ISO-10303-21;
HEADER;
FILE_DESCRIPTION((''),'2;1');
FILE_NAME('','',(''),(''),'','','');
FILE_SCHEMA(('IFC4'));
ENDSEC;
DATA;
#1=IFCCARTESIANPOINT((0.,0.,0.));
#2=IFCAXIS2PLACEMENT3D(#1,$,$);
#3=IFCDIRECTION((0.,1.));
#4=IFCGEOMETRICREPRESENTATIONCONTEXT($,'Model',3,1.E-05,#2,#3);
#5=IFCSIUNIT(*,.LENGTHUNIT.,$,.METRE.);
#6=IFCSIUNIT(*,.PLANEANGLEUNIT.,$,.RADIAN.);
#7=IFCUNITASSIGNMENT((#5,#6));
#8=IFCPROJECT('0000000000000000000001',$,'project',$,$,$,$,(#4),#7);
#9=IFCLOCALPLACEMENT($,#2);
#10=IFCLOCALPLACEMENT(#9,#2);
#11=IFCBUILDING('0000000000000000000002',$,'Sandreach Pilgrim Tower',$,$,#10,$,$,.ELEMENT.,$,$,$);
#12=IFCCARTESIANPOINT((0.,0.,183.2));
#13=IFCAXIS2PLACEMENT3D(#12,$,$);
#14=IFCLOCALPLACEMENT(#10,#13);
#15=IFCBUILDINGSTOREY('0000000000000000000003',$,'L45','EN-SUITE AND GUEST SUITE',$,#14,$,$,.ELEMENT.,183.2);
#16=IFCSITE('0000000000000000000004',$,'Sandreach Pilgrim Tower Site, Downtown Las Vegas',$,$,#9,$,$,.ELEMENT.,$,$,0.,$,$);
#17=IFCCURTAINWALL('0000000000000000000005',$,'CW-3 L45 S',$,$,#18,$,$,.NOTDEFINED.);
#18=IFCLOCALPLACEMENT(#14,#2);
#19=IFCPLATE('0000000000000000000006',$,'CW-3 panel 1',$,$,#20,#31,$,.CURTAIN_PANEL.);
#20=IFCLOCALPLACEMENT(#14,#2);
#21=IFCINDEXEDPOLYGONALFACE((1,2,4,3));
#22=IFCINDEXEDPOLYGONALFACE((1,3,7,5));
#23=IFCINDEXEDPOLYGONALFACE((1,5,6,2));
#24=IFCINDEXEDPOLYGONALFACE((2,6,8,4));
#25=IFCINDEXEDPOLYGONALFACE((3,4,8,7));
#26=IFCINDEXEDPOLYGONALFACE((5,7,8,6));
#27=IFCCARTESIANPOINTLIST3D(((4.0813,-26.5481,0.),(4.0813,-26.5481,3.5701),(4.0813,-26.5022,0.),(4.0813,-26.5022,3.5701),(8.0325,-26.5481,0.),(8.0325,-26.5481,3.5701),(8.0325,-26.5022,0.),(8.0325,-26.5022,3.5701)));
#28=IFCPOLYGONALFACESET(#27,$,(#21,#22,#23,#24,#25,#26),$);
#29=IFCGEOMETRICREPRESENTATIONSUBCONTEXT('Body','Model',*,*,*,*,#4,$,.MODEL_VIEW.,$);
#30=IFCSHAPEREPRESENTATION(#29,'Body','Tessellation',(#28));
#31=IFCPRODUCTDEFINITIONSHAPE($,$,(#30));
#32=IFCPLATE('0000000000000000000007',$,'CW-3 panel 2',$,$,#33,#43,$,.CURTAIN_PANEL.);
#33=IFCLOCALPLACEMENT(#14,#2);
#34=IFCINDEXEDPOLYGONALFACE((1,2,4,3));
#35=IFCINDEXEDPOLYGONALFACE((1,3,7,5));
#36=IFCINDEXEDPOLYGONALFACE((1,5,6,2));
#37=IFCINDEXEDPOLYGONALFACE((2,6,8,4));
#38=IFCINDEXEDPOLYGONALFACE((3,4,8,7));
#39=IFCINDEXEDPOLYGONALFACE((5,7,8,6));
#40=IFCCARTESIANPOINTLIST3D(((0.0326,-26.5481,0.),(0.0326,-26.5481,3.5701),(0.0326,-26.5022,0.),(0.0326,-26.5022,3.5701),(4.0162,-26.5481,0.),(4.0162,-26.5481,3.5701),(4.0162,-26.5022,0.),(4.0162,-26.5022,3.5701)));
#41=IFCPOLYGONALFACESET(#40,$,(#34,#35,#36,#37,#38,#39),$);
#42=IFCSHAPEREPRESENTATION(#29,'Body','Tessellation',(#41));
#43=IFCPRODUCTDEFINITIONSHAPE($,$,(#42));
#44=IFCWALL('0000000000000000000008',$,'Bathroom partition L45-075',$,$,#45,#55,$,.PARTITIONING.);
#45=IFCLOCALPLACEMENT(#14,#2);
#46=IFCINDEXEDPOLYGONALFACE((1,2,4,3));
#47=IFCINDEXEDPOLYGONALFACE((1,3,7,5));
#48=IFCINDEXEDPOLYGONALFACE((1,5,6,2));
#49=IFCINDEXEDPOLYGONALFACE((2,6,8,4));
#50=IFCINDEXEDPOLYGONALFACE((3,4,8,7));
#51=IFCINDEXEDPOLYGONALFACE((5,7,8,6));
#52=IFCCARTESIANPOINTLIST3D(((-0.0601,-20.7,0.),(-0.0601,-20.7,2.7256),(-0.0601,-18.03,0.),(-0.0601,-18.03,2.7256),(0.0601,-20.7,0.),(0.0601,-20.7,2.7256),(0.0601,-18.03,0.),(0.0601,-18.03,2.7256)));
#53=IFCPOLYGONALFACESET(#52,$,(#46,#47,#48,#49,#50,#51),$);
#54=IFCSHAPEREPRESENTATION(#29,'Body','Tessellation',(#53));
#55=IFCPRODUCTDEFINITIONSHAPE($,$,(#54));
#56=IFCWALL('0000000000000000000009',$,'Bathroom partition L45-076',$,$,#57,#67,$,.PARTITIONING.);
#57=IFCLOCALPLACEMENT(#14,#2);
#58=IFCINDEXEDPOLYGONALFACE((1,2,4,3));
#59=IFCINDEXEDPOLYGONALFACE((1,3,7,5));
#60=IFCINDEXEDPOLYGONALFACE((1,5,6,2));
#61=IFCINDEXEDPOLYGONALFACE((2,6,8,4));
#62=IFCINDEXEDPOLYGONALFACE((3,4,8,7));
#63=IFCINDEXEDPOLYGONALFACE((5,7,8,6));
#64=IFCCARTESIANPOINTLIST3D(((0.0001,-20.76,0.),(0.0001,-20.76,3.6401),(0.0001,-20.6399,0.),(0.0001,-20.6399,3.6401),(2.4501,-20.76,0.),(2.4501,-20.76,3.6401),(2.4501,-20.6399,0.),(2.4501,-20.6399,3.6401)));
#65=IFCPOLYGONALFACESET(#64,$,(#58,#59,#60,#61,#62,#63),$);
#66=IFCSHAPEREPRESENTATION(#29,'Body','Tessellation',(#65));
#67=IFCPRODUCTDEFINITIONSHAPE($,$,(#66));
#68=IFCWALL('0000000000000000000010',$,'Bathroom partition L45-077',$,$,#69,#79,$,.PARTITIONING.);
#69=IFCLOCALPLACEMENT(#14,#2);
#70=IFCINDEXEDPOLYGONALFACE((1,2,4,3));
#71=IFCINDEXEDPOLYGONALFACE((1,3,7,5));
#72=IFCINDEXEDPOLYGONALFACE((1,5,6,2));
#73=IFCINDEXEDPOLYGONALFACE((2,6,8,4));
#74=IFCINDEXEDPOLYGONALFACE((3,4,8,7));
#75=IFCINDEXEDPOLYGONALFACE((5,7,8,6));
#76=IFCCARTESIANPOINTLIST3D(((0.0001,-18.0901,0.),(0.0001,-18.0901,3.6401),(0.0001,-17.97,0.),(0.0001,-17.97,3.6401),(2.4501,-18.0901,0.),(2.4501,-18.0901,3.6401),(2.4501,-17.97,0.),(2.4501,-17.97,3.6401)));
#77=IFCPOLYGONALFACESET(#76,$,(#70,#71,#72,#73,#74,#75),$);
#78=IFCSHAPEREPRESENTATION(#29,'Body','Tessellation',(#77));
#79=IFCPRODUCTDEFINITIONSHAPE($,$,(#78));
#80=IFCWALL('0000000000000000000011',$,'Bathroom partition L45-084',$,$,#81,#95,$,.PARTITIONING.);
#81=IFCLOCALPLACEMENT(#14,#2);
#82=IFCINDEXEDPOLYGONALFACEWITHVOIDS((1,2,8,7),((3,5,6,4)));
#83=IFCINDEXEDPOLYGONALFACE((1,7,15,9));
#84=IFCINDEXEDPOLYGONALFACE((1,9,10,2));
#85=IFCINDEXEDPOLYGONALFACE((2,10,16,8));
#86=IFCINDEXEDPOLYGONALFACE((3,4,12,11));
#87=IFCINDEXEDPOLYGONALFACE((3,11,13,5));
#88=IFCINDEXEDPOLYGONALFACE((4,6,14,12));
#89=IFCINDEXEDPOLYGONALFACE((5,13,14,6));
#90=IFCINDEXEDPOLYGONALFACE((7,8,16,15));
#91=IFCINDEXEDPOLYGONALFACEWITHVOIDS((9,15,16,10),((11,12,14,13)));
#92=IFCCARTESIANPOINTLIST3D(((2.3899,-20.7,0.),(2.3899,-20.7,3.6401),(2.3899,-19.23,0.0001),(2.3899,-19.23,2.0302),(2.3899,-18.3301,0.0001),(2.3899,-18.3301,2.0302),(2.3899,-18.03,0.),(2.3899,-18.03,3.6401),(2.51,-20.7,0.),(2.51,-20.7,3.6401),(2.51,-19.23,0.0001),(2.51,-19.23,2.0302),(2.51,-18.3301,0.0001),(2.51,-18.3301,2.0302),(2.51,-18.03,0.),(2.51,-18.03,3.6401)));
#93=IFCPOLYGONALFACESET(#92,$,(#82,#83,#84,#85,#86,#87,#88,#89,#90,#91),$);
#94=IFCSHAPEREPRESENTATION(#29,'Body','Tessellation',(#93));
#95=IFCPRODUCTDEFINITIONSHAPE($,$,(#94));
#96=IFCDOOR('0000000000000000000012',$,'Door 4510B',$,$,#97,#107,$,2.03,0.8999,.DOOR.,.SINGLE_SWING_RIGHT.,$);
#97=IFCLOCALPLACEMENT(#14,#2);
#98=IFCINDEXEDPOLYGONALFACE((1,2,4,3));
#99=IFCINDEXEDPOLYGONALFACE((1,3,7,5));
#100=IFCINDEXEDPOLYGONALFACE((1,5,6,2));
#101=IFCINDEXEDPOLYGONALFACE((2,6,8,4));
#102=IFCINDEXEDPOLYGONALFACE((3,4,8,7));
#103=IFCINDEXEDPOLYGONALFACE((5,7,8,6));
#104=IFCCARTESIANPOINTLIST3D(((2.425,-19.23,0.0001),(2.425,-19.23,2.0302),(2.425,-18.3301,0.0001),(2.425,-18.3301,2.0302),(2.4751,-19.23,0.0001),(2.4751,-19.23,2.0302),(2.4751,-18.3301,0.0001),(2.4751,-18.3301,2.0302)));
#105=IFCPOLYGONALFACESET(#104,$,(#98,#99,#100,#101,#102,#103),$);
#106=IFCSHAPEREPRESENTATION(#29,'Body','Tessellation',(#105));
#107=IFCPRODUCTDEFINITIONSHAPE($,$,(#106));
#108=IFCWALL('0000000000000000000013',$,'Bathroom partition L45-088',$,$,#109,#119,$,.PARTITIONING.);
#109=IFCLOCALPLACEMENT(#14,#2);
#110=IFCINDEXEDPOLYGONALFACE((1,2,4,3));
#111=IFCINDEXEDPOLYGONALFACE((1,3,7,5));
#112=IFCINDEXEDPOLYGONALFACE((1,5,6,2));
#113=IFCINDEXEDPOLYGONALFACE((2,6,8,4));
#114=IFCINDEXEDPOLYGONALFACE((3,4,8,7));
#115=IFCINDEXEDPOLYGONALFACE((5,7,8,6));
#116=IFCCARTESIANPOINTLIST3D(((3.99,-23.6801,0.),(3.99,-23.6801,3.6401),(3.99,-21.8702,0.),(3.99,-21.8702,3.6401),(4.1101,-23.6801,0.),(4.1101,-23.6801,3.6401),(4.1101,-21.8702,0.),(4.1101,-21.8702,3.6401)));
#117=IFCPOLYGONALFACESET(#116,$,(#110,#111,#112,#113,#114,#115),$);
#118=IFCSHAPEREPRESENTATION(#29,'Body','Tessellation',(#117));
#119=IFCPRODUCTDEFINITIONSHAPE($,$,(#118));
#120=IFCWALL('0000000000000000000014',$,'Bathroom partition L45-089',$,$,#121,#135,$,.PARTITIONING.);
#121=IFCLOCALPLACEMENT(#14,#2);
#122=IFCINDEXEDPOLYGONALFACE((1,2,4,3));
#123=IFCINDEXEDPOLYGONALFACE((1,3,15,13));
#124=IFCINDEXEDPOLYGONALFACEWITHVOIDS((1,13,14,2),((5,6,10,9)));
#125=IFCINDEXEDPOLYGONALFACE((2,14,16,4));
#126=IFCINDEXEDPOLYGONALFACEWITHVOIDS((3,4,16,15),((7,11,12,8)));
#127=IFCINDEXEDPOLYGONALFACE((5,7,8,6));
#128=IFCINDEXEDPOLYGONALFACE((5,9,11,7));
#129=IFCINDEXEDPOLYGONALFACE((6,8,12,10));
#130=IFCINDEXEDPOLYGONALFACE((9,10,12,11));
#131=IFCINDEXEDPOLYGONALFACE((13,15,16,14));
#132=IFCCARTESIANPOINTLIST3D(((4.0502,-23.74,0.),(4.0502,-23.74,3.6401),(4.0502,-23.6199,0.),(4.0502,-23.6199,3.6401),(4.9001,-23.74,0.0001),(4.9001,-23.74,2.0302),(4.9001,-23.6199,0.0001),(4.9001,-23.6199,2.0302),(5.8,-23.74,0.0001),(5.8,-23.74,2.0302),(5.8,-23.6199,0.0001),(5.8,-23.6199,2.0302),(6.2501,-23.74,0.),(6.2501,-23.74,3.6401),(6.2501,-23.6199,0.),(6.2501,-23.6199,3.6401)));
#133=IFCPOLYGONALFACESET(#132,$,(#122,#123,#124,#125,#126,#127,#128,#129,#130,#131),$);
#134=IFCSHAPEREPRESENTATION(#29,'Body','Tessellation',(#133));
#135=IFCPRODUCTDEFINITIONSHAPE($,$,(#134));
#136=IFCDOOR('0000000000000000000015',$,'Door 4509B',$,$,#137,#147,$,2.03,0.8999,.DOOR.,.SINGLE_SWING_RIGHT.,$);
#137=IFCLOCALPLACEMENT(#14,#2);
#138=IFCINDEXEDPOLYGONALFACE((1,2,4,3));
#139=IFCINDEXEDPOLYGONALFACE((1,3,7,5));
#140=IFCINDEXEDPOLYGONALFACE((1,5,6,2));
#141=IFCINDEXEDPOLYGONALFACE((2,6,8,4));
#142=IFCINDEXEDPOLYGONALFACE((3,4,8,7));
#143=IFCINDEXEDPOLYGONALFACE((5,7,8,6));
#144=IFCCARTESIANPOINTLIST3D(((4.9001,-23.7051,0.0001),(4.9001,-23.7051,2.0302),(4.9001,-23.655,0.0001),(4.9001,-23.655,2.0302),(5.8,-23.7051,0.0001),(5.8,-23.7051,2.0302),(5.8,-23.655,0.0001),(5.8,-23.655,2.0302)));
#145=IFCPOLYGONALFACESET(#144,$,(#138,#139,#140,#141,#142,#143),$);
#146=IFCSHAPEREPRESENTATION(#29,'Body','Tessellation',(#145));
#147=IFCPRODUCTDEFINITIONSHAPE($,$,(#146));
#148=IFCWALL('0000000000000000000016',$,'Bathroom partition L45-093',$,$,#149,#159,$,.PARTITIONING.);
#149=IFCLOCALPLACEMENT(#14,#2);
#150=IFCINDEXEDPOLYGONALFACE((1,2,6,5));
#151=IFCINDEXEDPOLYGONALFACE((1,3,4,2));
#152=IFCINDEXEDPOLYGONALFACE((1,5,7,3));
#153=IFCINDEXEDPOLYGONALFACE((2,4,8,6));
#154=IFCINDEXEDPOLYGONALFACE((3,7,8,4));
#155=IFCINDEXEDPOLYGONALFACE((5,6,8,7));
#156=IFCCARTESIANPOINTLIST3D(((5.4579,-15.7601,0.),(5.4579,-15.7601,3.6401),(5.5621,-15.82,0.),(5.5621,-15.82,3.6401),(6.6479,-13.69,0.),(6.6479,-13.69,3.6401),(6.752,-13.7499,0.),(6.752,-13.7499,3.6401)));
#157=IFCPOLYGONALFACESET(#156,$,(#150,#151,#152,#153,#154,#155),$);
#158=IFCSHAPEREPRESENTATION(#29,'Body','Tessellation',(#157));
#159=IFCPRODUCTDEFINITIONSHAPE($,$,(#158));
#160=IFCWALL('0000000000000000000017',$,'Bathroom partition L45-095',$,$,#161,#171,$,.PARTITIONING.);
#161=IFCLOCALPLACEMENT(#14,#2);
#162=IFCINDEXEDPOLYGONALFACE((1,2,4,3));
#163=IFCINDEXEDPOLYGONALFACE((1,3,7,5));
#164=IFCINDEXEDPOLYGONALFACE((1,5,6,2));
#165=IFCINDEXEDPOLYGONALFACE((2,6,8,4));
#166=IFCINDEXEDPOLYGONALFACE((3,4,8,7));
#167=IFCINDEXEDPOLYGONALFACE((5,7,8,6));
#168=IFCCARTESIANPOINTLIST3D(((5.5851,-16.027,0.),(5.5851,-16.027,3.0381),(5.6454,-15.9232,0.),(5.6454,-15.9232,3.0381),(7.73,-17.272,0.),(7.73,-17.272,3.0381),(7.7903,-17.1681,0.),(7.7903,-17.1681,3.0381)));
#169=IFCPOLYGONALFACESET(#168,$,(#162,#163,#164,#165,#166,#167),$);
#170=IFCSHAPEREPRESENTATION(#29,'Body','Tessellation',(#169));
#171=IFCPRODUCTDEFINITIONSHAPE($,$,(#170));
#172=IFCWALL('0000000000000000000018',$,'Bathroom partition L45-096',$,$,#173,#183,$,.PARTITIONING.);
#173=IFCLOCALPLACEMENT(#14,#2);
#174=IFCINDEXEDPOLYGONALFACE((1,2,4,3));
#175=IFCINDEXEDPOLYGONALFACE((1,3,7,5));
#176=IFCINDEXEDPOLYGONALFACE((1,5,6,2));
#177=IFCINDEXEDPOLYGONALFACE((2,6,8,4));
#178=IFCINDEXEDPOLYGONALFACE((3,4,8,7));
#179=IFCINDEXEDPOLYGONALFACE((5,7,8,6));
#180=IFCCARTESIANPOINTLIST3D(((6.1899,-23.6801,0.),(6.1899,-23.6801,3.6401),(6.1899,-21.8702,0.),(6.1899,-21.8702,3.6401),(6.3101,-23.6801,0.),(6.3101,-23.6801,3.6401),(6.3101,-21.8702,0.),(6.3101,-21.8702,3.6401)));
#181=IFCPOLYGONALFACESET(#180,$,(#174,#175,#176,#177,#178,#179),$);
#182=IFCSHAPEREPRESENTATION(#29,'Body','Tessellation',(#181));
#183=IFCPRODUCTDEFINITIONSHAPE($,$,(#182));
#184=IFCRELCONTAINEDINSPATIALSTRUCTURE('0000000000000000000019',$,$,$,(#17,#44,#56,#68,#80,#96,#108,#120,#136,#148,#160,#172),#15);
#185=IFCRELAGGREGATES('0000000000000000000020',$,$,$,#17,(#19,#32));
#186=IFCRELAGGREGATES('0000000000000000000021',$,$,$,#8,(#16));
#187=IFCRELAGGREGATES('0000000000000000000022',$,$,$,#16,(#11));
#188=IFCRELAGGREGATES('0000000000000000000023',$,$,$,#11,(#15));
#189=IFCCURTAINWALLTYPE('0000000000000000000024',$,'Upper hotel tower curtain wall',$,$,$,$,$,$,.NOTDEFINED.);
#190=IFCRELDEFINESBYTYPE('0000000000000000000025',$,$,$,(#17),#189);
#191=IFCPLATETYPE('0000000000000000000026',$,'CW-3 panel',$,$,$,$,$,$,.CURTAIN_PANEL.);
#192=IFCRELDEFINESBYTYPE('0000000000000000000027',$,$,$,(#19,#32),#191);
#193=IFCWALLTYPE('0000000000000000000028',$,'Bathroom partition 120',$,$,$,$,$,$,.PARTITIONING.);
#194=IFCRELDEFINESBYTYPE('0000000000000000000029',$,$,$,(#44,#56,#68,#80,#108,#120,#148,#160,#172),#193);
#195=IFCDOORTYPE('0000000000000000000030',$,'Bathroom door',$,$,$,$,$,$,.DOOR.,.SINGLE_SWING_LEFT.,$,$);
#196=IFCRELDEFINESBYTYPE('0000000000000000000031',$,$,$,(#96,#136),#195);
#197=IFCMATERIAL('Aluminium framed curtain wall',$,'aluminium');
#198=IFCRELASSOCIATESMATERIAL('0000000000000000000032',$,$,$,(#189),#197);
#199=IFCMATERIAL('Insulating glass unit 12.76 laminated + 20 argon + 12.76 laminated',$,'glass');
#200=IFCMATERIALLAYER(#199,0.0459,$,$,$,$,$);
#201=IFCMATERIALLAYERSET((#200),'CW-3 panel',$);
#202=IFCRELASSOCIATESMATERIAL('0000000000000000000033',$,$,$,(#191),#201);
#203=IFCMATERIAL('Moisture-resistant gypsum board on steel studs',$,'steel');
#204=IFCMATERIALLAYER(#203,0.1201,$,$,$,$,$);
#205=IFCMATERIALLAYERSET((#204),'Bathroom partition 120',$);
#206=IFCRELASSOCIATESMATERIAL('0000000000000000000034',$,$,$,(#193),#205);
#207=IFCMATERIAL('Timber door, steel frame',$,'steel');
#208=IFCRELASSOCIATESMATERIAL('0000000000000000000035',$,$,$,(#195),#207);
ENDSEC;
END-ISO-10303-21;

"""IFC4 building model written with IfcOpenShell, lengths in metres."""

from ifc_helpers import new_model, si_unit, direction, frame, frame_2d, origin, origin_2d, place, context, subcontext, project, spatial, rectangle, extrude, material, layer, layer_set, type_object, element, fill, aggregate, save


model = new_model("IFC4")

# Units and contexts
model_context = context("Model", 3, precision=1e-05, world=origin(), true_north=direction((0.0, 1.0)))
body_context = subcontext(model_context, "Body", "Model", "MODEL_VIEW")
ifc_project = project(units=[si_unit("LENGTHUNIT", "METRE"), si_unit("PLANEANGLEUNIT", "RADIAN")], contexts=[model_context])

# Site, building, storey
site_placement = place(None, origin())
site = spatial("IfcSite", under=ifc_project, at=site_placement, Name="Sandreach Pilgrim Tower Site, Downtown Las Vegas", CompositionType="ELEMENT", RefElevation=0.0)
building_placement = place(site_placement, origin())
building = spatial("IfcBuilding", under=site, at=building_placement, Name="Sandreach Pilgrim Tower", CompositionType="ELEMENT")
storey_placement = place(building_placement, frame((0.0, 0.0, 183.2)))
storey = spatial("IfcBuildingStorey", under=building, at=storey_placement, Name="L45", Description="EN-SUITE AND GUEST SUITE", CompositionType="ELEMENT", Elevation=183.2)

# Curtain wall
ifc_material_1 = material(Name="Aluminium framed curtain wall", Category="aluminium")
curtain_wall_type = type_object("IfcCurtainWallType", Name="Upper hotel tower curtain wall", PredefinedType="NOTDEFINED", material=ifc_material_1)
curtain_wall_placement = place(storey_placement, origin())
curtain_wall = element("IfcCurtainWall", 1, at=curtain_wall_placement, inside=storey, type_object=curtain_wall_type, Name="CW-3 L45 S", PredefinedType="NOTDEFINED")

# Plates
ifc_material_2 = material(Name="Insulating glass unit 12.76 laminated + 20 argon + 12.76 laminated", Category="glass")
ifc_layer_1 = layer(ifc_material_2, 0.0459)
ifc_layer_set_1 = layer_set([ifc_layer_1], Name="CW-3 panel")
plate_type = type_object("IfcPlateType", Name="CW-3 panel", PredefinedType="CURTAIN_PANEL", material=ifc_layer_set_1)
plate_1_placement = place(storey_placement, frame((6.0569, -26.5251, 0.0), z_axis=(0.0, 0.0, 1.0), x_axis=(-1.0, 0.0, 0.0)))
plate_1 = element("IfcPlate", 2, at=plate_1_placement, type_object=plate_type, Name="CW-3 panel 1", PredefinedType="CURTAIN_PANEL", context=body_context, shape_type="SweptSolid", body=[
    extrude(rectangle(XDim=3.9512, YDim=0.0459, at=origin_2d()), origin(), (0.0, 0.0, 1.0), 3.5701),
])
plate_2_placement = place(storey_placement, frame((2.0244, -26.5251, 0.0), z_axis=(0.0, 0.0, 1.0), x_axis=(-1.0, 0.0, 0.0)))
plate_2 = element("IfcPlate", 3, at=plate_2_placement, type_object=plate_type, Name="CW-3 panel 2", PredefinedType="CURTAIN_PANEL", context=body_context, shape_type="SweptSolid", body=[
    extrude(rectangle(XDim=3.9836, YDim=0.0459, at=origin_2d()), origin(), (0.0, 0.0, 1.0), 3.5701),
])
aggregate(curtain_wall, [plate_1, plate_2])

# Walls
ifc_material_3 = material(Name="Moisture-resistant gypsum board on steel studs", Category="steel")
ifc_layer_2 = layer(ifc_material_3, 0.1201)
ifc_layer_set_2 = layer_set([ifc_layer_2], Name="Bathroom partition 120")
wall_type_1 = type_object("IfcWallType", Name="Bathroom partition 120", PredefinedType="PARTITIONING", material=ifc_layer_set_2)
wall_1_placement = place(storey_placement, frame((0.0, -20.7, 0.0), z_axis=(0.0, 0.0, 1.0), x_axis=(0.0, 1.0, 0.0)))
element("IfcWall", 4, at=wall_1_placement, inside=storey, type_object=wall_type_1, Name="Bathroom partition L45-075", PredefinedType="PARTITIONING", context=body_context, shape_type="SweptSolid", body=[
    extrude(rectangle(XDim=2.6699, YDim=0.1201, at=frame_2d((1.335, 0.0))), origin(), (0.0, 0.0, 1.0), 2.7256),
])
for number, where, z_axis, x_axis, name in (
    (5, (0.0, -20.7, 0.0), (0.0, 0.0, 1.0), (1.0, 0.0, 0.0), "Bathroom partition L45-076"),
    (6, (0.0, -18.03, 0.0), (0.0, 0.0, 1.0), (1.0, 0.0, 0.0), "Bathroom partition L45-077"),
):
    element("IfcWall", number, at=place(storey_placement, frame(where, z_axis=z_axis, x_axis=x_axis)), inside=storey, type_object=wall_type_1, Name=name, PredefinedType="PARTITIONING", context=body_context, shape_type="SweptSolid", body=[
        extrude(rectangle(XDim=2.45, YDim=0.1201, at=frame_2d((1.2251, 0.0))), origin(), (0.0, 0.0, 1.0), 3.6401),
    ])

# Wall, opening, door
wall_2_placement = place(storey_placement, frame((2.45, -20.7, 0.0), z_axis=(0.0, 0.0, 1.0), x_axis=(0.0, 1.0, 0.0)))
wall_2 = element("IfcWall", 7, at=wall_2_placement, inside=storey, type_object=wall_type_1, Name="Bathroom partition L45-084", PredefinedType="PARTITIONING", context=body_context, shape_type="SweptSolid", body=[
    extrude(rectangle(XDim=2.6699, YDim=0.1201, at=frame_2d((1.335, 0.0))), origin(), (0.0, 0.0, 1.0), 3.6401),
])
opening_1_placement = place(wall_2_placement, frame((1.47, 0.0, 0.0)))
opening_1 = element("IfcOpeningElement", 8, at=opening_1_placement, cuts=wall_2, PredefinedType="OPENING", context=body_context, shape_type="SweptSolid", body=[
    extrude(rectangle(XDim=0.8999, YDim=2.03, at=frame_2d((0.45, 1.0151))), frame((0.0, 0.0601, 0.0), z_axis=(0.0, -1.0, 0.0), x_axis=(1.0, 0.0, 0.0)), (0.0, 0.0, 1.0), 0.1201),
])
ifc_material_4 = material(Name="Timber door, steel frame", Category="steel")
door_type_1 = type_object("IfcDoorType", Name="Bathroom door", OperationType="SINGLE_SWING_LEFT", PredefinedType="DOOR", material=ifc_material_4)
door_1_placement = place(opening_1_placement, origin())
door_1 = element("IfcDoor", 9, at=door_1_placement, inside=storey, type_object=door_type_1, Name="Door 4510B", OperationType="SINGLE_SWING_RIGHT", OverallHeight=2.03, OverallWidth=0.8999, PredefinedType="DOOR", context=body_context, shape_type="SweptSolid", body=[
    extrude(rectangle(XDim=0.8999, YDim=2.03, at=frame_2d((0.45, 1.0151))), frame((0.0, 0.0249, 0.0), z_axis=(0.0, -1.0, 0.0), x_axis=(1.0, 0.0, 0.0)), (0.0, 0.0, 1.0), 0.05),
])
fill(opening_1, door_1)

# Wall
wall_3_placement = place(storey_placement, frame((4.05, -23.6799, 0.0), z_axis=(0.0, 0.0, 1.0), x_axis=(0.0, 1.0, 0.0)))
element("IfcWall", 10, at=wall_3_placement, inside=storey, type_object=wall_type_1, Name="Bathroom partition L45-088", PredefinedType="PARTITIONING", context=body_context, shape_type="SweptSolid", body=[
    extrude(rectangle(XDim=1.8098, YDim=0.1201, at=frame_2d((0.9048, 0.0))), origin(), (0.0, 0.0, 1.0), 3.6401),
])

# Wall, opening, door
wall_4_placement = place(storey_placement, frame((4.05, -23.6799, 0.0), z_axis=(0.0, 0.0, 1.0), x_axis=(1.0, 0.0, 0.0)))
wall_4 = element("IfcWall", 11, at=wall_4_placement, inside=storey, type_object=wall_type_1, Name="Bathroom partition L45-089", PredefinedType="PARTITIONING", context=body_context, shape_type="SweptSolid", body=[
    extrude(rectangle(XDim=2.2, YDim=0.1201, at=frame_2d((1.1001, 0.0))), origin(), (0.0, 0.0, 1.0), 3.6401),
])
opening_2_placement = place(wall_4_placement, frame((0.8501, 0.0, 0.0)))
opening_2 = element("IfcOpeningElement", 12, at=opening_2_placement, cuts=wall_4, PredefinedType="OPENING", context=body_context, shape_type="SweptSolid", body=[
    extrude(rectangle(XDim=0.8999, YDim=2.03, at=frame_2d((0.45, 1.0151))), frame((0.0, 0.0601, 0.0), z_axis=(0.0, -1.0, 0.0), x_axis=(1.0, 0.0, 0.0)), (0.0, 0.0, 1.0), 0.1201),
])
door_2_placement = place(opening_2_placement, origin())
door_2 = element("IfcDoor", 13, at=door_2_placement, inside=storey, type_object=door_type_1, Name="Door 4509B", OperationType="SINGLE_SWING_RIGHT", OverallHeight=2.03, OverallWidth=0.8999, PredefinedType="DOOR", context=body_context, shape_type="SweptSolid", body=[
    extrude(rectangle(XDim=0.8999, YDim=2.03, at=frame_2d((0.45, 1.0151))), frame((0.0, 0.0249, 0.0), z_axis=(0.0, -1.0, 0.0), x_axis=(1.0, 0.0, 0.0)), (0.0, 0.0, 1.0), 0.05),
])
fill(opening_2, door_2)

# Walls
wall_5_placement = place(storey_placement, frame((5.51, -15.79, 0.0), z_axis=(0.0, 0.0, 1.0), x_axis=(0.498362, 0.866969, 0.0)))
element("IfcWall", 14, at=wall_5_placement, inside=storey, type_object=wall_type_1, Name="Bathroom partition L45-093", PredefinedType="PARTITIONING", context=body_context, shape_type="SweptSolid", body=[
    extrude(rectangle(XDim=2.3877, YDim=0.1201, at=frame_2d((1.1938, 0.0))), origin(), (0.0, 0.0, 1.0), 3.6401),
])
wall_6_placement = place(storey_placement, frame((5.6152, -15.9751, 0.0), z_axis=(0.0, 0.0, 1.0), x_axis=(0.864873, -0.501991, 0.0)))
element("IfcWall", 15, at=wall_6_placement, inside=storey, type_object=wall_type_1, Name="Bathroom partition L45-095", PredefinedType="PARTITIONING", context=body_context, shape_type="SweptSolid", body=[
    extrude(rectangle(XDim=2.48, YDim=0.1201, at=frame_2d((1.24, 0.0))), origin(), (0.0, 0.0, 1.0), 3.0381),
])
wall_7_placement = place(storey_placement, frame((6.25, -23.6799, 0.0), z_axis=(0.0, 0.0, 1.0), x_axis=(0.0, 1.0, 0.0)))
element("IfcWall", 16, at=wall_7_placement, inside=storey, type_object=wall_type_1, Name="Bathroom partition L45-096", PredefinedType="PARTITIONING", context=body_context, shape_type="SweptSolid", body=[
    extrude(rectangle(XDim=1.8098, YDim=0.1201, at=frame_2d((0.9048, 0.0))), origin(), (0.0, 0.0, 1.0), 3.6401),
])

save(model, "model.ifc")
